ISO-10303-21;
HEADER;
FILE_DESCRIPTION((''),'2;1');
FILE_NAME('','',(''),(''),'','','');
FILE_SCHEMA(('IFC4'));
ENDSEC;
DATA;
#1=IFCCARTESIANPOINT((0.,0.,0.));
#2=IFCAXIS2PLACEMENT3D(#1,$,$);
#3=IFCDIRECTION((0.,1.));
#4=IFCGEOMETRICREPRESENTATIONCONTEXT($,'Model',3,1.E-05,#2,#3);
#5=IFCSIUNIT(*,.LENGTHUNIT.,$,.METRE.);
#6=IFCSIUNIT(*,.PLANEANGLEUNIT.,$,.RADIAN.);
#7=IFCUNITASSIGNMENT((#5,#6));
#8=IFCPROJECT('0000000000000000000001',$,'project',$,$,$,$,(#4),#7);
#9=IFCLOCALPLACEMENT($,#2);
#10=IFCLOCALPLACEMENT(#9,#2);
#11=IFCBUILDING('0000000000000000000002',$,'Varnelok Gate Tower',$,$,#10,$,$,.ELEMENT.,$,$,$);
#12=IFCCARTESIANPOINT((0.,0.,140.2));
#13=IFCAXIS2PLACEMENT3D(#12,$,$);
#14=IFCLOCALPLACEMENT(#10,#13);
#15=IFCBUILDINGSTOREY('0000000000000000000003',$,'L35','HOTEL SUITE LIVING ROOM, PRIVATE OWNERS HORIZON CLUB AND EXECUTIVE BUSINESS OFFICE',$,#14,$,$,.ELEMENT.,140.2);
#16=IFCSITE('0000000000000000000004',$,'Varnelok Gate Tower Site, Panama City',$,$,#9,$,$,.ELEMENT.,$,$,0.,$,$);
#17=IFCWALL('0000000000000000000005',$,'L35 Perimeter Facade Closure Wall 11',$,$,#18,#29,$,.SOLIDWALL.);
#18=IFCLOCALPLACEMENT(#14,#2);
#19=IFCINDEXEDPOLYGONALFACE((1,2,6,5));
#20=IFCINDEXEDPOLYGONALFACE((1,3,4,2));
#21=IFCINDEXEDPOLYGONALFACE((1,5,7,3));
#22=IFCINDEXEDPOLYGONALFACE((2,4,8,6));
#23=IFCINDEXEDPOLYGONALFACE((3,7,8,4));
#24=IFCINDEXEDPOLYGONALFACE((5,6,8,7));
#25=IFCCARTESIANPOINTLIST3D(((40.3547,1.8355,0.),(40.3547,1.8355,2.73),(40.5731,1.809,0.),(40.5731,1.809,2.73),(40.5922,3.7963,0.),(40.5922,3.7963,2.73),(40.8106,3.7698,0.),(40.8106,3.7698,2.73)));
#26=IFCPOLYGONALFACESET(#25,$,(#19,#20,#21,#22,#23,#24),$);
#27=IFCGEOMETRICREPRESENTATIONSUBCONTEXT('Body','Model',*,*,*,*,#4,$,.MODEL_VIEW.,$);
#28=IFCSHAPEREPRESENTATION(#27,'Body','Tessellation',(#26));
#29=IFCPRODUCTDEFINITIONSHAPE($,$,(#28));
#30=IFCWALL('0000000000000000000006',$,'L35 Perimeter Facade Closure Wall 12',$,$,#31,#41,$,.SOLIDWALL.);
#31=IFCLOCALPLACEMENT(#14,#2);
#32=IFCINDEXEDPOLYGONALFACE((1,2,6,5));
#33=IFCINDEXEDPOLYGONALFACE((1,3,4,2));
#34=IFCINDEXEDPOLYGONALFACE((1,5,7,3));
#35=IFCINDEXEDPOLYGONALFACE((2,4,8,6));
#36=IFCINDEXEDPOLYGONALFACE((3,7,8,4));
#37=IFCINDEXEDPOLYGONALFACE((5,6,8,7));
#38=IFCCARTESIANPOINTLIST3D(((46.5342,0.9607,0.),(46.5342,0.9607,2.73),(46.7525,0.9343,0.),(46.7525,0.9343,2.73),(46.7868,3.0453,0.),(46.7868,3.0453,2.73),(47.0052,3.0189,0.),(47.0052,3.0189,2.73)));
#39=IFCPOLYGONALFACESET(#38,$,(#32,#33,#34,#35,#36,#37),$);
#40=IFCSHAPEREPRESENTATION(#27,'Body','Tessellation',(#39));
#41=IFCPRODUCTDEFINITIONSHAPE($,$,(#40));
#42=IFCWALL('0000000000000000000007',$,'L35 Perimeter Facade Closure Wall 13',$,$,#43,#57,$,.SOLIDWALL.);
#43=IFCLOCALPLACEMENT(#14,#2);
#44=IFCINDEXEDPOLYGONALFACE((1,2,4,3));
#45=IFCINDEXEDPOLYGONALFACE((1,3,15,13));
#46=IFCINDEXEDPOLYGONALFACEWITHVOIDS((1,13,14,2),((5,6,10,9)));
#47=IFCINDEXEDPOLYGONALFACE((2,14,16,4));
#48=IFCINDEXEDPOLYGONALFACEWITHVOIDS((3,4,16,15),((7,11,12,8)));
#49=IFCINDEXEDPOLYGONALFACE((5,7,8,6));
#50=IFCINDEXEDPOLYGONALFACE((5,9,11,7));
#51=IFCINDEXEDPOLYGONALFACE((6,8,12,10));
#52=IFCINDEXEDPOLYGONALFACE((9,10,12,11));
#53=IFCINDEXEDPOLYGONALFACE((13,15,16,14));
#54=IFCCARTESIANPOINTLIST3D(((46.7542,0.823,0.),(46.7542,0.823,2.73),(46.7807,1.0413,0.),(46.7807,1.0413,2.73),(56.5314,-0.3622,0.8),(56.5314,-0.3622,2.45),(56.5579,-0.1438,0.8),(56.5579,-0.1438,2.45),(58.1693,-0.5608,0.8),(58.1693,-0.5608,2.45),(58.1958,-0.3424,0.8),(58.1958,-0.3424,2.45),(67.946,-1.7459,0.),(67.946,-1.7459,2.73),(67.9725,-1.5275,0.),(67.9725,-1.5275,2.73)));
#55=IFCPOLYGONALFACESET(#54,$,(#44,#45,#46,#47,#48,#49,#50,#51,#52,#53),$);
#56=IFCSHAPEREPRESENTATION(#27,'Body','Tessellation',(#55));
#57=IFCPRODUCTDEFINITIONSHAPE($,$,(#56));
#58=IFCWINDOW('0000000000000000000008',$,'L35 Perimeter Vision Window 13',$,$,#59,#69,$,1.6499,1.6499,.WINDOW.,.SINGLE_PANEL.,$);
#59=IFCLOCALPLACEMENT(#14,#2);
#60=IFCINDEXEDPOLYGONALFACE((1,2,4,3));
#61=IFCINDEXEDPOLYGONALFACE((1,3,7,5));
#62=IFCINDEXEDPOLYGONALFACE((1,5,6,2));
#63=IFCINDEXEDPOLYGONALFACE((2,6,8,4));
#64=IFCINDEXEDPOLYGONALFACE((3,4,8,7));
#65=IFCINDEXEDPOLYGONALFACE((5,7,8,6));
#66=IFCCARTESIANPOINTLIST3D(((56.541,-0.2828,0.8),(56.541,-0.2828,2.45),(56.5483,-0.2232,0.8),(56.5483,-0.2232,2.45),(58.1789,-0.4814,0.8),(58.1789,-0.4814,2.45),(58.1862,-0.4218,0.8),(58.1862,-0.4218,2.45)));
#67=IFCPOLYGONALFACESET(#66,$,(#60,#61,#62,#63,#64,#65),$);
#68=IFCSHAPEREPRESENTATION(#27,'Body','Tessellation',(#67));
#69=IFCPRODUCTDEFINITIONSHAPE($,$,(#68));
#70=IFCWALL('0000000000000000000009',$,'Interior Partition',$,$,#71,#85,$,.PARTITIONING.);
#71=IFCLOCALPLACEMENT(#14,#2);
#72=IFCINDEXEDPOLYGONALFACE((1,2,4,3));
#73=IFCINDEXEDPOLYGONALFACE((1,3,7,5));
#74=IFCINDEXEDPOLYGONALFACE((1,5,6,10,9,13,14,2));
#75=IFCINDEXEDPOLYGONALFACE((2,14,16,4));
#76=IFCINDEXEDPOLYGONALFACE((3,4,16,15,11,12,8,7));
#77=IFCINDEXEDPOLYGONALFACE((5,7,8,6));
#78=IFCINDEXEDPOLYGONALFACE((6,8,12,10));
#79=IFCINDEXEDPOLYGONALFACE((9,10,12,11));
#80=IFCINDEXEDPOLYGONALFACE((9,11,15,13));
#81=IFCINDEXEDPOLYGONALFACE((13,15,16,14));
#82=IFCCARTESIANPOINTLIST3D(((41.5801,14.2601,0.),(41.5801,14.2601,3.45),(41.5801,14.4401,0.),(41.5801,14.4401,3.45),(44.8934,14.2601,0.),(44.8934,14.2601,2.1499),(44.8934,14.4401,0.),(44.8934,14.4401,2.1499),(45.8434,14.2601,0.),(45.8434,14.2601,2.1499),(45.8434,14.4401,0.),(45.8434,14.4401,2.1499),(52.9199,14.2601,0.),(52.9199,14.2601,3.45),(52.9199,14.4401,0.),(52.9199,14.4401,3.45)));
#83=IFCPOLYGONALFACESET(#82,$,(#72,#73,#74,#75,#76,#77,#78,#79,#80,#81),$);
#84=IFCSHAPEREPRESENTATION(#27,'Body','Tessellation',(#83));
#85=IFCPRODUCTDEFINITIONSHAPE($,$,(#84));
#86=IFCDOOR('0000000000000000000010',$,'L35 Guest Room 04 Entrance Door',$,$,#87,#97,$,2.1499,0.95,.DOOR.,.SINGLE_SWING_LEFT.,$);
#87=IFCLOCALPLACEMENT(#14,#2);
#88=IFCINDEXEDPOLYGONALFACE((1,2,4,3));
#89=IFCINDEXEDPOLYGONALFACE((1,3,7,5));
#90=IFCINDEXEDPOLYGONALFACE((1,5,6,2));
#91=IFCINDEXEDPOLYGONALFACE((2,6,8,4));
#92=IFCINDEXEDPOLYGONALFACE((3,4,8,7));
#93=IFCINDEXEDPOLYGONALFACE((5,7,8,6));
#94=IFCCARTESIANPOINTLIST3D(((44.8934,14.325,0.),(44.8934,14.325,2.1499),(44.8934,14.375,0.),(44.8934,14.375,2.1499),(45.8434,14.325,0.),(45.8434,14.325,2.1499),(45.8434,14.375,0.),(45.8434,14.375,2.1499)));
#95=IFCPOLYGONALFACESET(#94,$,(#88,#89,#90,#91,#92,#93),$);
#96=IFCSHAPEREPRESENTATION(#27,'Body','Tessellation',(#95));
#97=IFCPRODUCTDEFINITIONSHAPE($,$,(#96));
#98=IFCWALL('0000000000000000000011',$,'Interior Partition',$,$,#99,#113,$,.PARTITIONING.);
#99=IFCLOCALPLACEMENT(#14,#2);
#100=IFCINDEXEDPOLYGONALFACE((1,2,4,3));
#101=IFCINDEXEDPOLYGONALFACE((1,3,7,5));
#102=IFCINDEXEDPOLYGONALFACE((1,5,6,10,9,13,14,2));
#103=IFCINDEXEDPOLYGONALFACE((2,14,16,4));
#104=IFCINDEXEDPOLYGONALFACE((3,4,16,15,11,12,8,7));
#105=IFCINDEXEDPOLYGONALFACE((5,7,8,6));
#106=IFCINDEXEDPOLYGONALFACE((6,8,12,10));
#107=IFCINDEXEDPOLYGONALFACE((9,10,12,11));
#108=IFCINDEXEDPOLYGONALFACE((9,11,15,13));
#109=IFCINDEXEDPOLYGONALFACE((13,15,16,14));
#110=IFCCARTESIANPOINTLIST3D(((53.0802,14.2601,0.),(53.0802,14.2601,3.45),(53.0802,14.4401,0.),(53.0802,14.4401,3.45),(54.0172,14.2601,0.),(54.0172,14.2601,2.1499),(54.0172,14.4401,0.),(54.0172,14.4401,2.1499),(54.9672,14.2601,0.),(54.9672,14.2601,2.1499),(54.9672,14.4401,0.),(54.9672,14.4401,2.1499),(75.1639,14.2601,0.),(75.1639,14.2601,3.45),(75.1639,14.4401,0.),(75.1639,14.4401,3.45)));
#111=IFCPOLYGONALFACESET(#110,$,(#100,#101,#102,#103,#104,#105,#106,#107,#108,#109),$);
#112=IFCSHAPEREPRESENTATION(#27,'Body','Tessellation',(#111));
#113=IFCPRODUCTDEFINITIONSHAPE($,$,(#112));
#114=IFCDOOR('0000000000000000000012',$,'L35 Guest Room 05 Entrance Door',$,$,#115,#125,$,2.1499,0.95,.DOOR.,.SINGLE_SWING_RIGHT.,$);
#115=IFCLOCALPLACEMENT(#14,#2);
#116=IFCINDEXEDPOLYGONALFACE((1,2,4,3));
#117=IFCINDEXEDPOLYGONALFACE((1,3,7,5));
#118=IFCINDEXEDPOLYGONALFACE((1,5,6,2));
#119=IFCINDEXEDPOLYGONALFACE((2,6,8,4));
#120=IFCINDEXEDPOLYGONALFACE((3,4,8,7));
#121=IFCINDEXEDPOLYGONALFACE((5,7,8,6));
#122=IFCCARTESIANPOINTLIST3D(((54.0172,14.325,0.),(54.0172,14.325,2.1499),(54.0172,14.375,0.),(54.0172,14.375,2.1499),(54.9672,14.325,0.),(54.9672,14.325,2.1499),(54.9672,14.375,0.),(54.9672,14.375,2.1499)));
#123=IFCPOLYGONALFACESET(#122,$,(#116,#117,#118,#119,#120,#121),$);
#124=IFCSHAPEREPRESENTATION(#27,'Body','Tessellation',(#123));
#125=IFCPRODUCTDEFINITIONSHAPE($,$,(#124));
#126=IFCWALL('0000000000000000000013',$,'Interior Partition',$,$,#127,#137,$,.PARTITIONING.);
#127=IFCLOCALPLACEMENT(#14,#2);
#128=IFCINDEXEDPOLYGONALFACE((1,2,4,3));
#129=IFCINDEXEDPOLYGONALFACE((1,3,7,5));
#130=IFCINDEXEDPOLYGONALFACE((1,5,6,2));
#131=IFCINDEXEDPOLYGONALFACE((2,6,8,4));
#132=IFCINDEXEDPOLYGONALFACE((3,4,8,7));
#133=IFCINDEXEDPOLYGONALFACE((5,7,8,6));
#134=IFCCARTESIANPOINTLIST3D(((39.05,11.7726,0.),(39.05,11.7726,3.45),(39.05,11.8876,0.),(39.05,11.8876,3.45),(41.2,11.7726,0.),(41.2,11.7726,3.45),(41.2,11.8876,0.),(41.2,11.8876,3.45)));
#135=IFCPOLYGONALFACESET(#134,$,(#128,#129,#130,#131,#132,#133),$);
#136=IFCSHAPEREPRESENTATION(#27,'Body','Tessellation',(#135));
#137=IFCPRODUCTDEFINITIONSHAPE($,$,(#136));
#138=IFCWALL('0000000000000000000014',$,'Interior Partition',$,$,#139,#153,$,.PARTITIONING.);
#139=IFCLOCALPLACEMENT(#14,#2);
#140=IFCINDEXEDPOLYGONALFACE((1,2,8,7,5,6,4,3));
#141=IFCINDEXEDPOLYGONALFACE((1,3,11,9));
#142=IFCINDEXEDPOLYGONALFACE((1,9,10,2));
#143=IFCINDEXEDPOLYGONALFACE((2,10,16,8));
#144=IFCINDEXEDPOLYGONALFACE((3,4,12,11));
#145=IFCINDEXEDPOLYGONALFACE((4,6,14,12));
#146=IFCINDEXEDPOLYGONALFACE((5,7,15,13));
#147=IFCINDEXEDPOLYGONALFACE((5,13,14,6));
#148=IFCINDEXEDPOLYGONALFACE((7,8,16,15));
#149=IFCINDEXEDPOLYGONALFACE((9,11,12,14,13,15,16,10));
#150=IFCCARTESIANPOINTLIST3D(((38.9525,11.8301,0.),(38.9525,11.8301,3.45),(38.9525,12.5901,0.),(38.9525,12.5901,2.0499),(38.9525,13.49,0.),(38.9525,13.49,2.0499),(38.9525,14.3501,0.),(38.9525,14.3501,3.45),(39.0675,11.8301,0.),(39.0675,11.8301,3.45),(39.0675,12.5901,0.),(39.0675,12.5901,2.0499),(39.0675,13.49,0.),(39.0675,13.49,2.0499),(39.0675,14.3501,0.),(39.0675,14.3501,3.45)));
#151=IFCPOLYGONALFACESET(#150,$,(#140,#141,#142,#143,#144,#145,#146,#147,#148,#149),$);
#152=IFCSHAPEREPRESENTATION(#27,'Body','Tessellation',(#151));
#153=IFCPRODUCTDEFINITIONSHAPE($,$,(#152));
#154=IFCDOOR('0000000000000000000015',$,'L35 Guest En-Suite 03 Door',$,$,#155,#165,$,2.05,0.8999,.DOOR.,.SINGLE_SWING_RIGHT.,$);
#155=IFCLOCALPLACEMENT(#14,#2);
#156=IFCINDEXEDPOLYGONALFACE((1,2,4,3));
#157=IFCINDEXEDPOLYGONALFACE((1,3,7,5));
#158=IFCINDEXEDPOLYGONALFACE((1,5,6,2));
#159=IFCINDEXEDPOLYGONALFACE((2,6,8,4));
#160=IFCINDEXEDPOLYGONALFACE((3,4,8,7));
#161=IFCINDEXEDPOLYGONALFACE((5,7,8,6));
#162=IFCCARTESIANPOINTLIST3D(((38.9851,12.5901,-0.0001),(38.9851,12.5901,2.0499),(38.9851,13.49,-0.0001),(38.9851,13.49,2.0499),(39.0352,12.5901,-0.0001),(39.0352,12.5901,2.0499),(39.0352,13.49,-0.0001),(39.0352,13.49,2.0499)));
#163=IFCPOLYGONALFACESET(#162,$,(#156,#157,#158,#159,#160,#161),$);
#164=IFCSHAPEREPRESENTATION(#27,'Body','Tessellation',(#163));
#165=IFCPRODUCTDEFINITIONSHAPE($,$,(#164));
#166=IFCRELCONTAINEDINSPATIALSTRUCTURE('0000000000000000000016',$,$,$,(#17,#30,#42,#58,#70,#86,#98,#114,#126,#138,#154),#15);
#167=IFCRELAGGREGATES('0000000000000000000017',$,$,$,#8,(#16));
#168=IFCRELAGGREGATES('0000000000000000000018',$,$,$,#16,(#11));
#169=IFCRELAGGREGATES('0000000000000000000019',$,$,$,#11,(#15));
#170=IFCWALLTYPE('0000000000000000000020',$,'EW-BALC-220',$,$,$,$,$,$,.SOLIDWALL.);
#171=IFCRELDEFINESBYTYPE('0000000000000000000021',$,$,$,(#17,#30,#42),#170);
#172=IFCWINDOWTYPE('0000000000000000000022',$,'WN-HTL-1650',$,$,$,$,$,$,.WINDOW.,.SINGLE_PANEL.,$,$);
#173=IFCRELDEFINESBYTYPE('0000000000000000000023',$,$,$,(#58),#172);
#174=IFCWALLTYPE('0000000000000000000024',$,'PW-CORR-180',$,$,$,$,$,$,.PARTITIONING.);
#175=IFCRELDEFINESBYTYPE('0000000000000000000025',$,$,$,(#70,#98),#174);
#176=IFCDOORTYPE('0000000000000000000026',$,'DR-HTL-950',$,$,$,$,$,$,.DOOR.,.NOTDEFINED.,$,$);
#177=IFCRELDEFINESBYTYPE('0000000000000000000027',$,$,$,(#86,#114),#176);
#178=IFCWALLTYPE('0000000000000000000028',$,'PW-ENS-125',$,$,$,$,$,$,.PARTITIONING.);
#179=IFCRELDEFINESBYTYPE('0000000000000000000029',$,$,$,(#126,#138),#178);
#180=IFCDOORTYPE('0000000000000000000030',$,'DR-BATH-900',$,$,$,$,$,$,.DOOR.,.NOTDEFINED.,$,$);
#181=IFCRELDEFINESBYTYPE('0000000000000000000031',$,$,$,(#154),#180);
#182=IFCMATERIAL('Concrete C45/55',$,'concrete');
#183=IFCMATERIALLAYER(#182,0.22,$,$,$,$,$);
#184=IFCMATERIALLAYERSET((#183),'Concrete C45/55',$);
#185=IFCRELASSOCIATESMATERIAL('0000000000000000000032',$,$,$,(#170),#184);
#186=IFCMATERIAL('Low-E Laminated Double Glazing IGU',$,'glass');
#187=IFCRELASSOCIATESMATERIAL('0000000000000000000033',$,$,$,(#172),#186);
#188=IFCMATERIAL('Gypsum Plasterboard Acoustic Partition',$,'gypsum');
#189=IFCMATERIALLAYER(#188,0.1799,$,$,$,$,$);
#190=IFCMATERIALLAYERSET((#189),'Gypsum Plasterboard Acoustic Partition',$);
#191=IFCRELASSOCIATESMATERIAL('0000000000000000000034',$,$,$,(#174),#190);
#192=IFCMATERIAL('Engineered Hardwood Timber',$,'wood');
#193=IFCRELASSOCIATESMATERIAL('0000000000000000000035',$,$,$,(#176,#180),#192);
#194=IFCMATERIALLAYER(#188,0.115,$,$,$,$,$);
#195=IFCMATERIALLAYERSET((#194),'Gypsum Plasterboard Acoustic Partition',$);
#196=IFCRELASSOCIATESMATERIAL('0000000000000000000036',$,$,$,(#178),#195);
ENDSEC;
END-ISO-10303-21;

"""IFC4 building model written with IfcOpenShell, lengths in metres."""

from ifc_helpers import new_model, si_unit, direction, frame, frame_2d, origin, place, context, subcontext, project, spatial, rectangle, extrude, material, layer, layer_set, type_object, element, fill, save


model = new_model("IFC4")

# Units and contexts
model_context = context("Model", 3, precision=1e-05, world=origin(), true_north=direction((0.0, 1.0)))
body_context = subcontext(model_context, "Body", "Model", "MODEL_VIEW")
ifc_project = project(units=[si_unit("LENGTHUNIT", "METRE"), si_unit("PLANEANGLEUNIT", "RADIAN")], contexts=[model_context])

# Site, building, storey
site_placement = place(None, origin())
site = spatial("IfcSite", under=ifc_project, at=site_placement, Name="Varnelok Gate Tower Site, Panama City", CompositionType="ELEMENT", RefElevation=0.0)
building_placement = place(site_placement, origin())
building = spatial("IfcBuilding", under=site, at=building_placement, Name="Varnelok Gate Tower", CompositionType="ELEMENT")
storey_placement = place(building_placement, frame((0.0, 0.0, 140.2)))
storey = spatial("IfcBuildingStorey", under=building, at=storey_placement, Name="L35", Description="HOTEL SUITE LIVING ROOM, PRIVATE OWNERS HORIZON CLUB AND EXECUTIVE BUSINESS OFFICE", CompositionType="ELEMENT", Elevation=140.2)

# Shared definitions
ifc_material_1 = material(Name="Concrete C45/55", Category="concrete")
ifc_layer_1 = layer(ifc_material_1, 0.22)
ifc_layer_set_1 = layer_set([ifc_layer_1], Name="Concrete C45/55")
wall_type_1 = type_object("IfcWallType", Name="EW-BALC-220", PredefinedType="SOLIDWALL", material=ifc_layer_set_1)

# Walls
wall_1_placement = place(storey_placement, frame((40.4639, 1.8223, 0.0), z_axis=(0.0, 0.0, 1.0), x_axis=(0.120276, 0.99274, 0.0)))
element("IfcWall", 1, at=wall_1_placement, inside=storey, type_object=wall_type_1, Name="L35 Perimeter Facade Closure Wall 11", PredefinedType="SOLIDWALL", context=body_context, shape_type="SweptSolid", body=[
    extrude(rectangle(XDim=1.9751, YDim=0.22, at=frame_2d((0.9875, 0.0))), origin(), (0.0, 0.0, 1.0), 2.73),
])
wall_2_placement = place(storey_placement, frame((46.896, 3.032, 0.0), z_axis=(0.0, 0.0, 1.0), x_axis=(-0.120328, -0.992734, 0.0)))
element("IfcWall", 2, at=wall_2_placement, inside=storey, type_object=wall_type_1, Name="L35 Perimeter Facade Closure Wall 12", PredefinedType="SOLIDWALL", context=body_context, shape_type="SweptSolid", body=[
    extrude(rectangle(XDim=2.0999, YDim=0.22, at=frame_2d((1.0498, 0.0))), origin(), (0.0, 0.0, 1.0), 2.73),
])

# Wall, opening, window
wall_3_placement = place(storey_placement, frame((46.7676, 0.9321, 0.0), z_axis=(0.0, 0.0, 1.0), x_axis=(0.992733, -0.120338, 0.0)))
wall_3 = element("IfcWall", 3, at=wall_3_placement, inside=storey, type_object=wall_type_1, Name="L35 Perimeter Facade Closure Wall 13", PredefinedType="SOLIDWALL", context=body_context, shape_type="SweptSolid", body=[
    extrude(rectangle(XDim=21.3469, YDim=0.22, at=frame_2d((10.6733, 0.0))), origin(), (0.0, 0.0, 1.0), 2.73),
])
opening_1_placement = place(wall_3_placement, frame((9.8486, 0.0, 0.8)))
opening_1 = element("IfcOpeningElement", 4, at=opening_1_placement, cuts=wall_3, PredefinedType="OPENING", context=body_context, shape_type="SweptSolid", body=[
    extrude(rectangle(XDim=1.6499, YDim=1.6499, at=frame_2d((0.825, 0.825))), frame((0.0, 0.1199, 0.0), z_axis=(0.0, -1.0, 0.0), x_axis=(1.0, 0.0, 0.0)), (0.0, 0.0, 1.0), 0.24),
])
ifc_material_2 = material(Name="Low-E Laminated Double Glazing IGU", Category="glass")
window_type = type_object("IfcWindowType", Name="WN-HTL-1650", PartitioningType="SINGLE_PANEL", PredefinedType="WINDOW", material=ifc_material_2)
window_placement = place(opening_1_placement, origin())
window = element("IfcWindow", 5, at=window_placement, inside=storey, type_object=window_type, Name="L35 Perimeter Vision Window 13", OverallHeight=1.6499, OverallWidth=1.6499, PartitioningType="SINGLE_PANEL", PredefinedType="WINDOW", context=body_context, shape_type="SweptSolid", body=[
    extrude(rectangle(XDim=1.6499, YDim=1.6499, at=frame_2d((0.825, 0.825))), frame((0.0, 0.03, 0.0), z_axis=(0.0, -1.0, 0.0), x_axis=(1.0, 0.0, 0.0)), (0.0, 0.0, 1.0), 0.0601),
])
fill(opening_1, window)

# Walls, openings, doors
ifc_material_3 = material(Name="Gypsum Plasterboard Acoustic Partition", Category="gypsum")
ifc_layer_2 = layer(ifc_material_3, 0.1799)
ifc_layer_set_2 = layer_set([ifc_layer_2], Name="Gypsum Plasterboard Acoustic Partition")
wall_type_2 = type_object("IfcWallType", Name="PW-CORR-180", PredefinedType="PARTITIONING", material=ifc_layer_set_2)
wall_4_placement = place(storey_placement, frame((41.5801, 14.3501, 0.0), z_axis=(0.0, 0.0, 1.0), x_axis=(1.0, 0.0, 0.0)))
wall_4 = element("IfcWall", 6, at=wall_4_placement, inside=storey, type_object=wall_type_2, Name="Interior Partition", PredefinedType="PARTITIONING", context=body_context, shape_type="SweptSolid", body=[
    extrude(rectangle(XDim=11.3398, YDim=0.1799, at=frame_2d((5.6699, 0.0))), origin(), (0.0, 0.0, 1.0), 3.45),
])
opening_2_placement = place(wall_4_placement, frame((3.3132, 0.0, 0.0)))
opening_2 = element("IfcOpeningElement", 7, at=opening_2_placement, cuts=wall_4, PredefinedType="OPENING", context=body_context, shape_type="SweptSolid", body=[
    extrude(rectangle(XDim=0.95, YDim=2.1499, at=frame_2d((0.4751, 1.075))), frame((0.0, 0.0999, 0.0), z_axis=(0.0, -1.0, 0.0), x_axis=(1.0, 0.0, 0.0)), (0.0, 0.0, 1.0), 0.2),
])
ifc_material_4 = material(Name="Engineered Hardwood Timber", Category="wood")
door_type_1 = type_object("IfcDoorType", Name="DR-HTL-950", OperationType="NOTDEFINED", PredefinedType="DOOR", material=ifc_material_4)
door_1_placement = place(opening_2_placement, origin())
door_1 = element("IfcDoor", 8, at=door_1_placement, inside=storey, type_object=door_type_1, Name="L35 Guest Room 04 Entrance Door", OperationType="SINGLE_SWING_LEFT", OverallHeight=2.1499, OverallWidth=0.95, PredefinedType="DOOR", context=body_context, shape_type="SweptSolid", body=[
    extrude(rectangle(XDim=0.95, YDim=2.1499, at=frame_2d((0.4751, 1.075))), frame((0.0, 0.0249, 0.0), z_axis=(0.0, -1.0, 0.0), x_axis=(1.0, 0.0, 0.0)), (0.0, 0.0, 1.0), 0.05),
])
fill(opening_2, door_1)
wall_5_placement = place(storey_placement, frame((53.0801, 14.3501, 0.0), z_axis=(0.0, 0.0, 1.0), x_axis=(1.0, 0.0, 0.0)))
wall_5 = element("IfcWall", 9, at=wall_5_placement, inside=storey, type_object=wall_type_2, Name="Interior Partition", PredefinedType="PARTITIONING", context=body_context, shape_type="SweptSolid", body=[
    extrude(rectangle(XDim=22.0837, YDim=0.1799, at=frame_2d((11.042, 0.0))), origin(), (0.0, 0.0, 1.0), 3.45),
])
opening_3_placement = place(wall_5_placement, frame((0.937, 0.0, 0.0)))
opening_3 = element("IfcOpeningElement", 10, at=opening_3_placement, cuts=wall_5, PredefinedType="OPENING", context=body_context, shape_type="SweptSolid", body=[
    extrude(rectangle(XDim=0.95, YDim=2.1499, at=frame_2d((0.4751, 1.075))), frame((0.0, 0.0999, 0.0), z_axis=(0.0, -1.0, 0.0), x_axis=(1.0, 0.0, 0.0)), (0.0, 0.0, 1.0), 0.2),
])
door_2_placement = place(opening_3_placement, origin())
door_2 = element("IfcDoor", 11, at=door_2_placement, inside=storey, type_object=door_type_1, Name="L35 Guest Room 05 Entrance Door", OperationType="SINGLE_SWING_RIGHT", OverallHeight=2.1499, OverallWidth=0.95, PredefinedType="DOOR", context=body_context, shape_type="SweptSolid", body=[
    extrude(rectangle(XDim=0.95, YDim=2.1499, at=frame_2d((0.4751, 1.075))), frame((0.0, 0.0249, 0.0), z_axis=(0.0, -1.0, 0.0), x_axis=(1.0, 0.0, 0.0)), (0.0, 0.0, 1.0), 0.05),
])
fill(opening_3, door_2)

# Wall
ifc_layer_3 = layer(ifc_material_3, 0.115)
ifc_layer_set_3 = layer_set([ifc_layer_3], Name="Gypsum Plasterboard Acoustic Partition")
wall_type_3 = type_object("IfcWallType", Name="PW-ENS-125", PredefinedType="PARTITIONING", material=ifc_layer_set_3)
wall_6_placement = place(storey_placement, frame((39.05, 11.8301, 0.0), z_axis=(0.0, 0.0, 1.0), x_axis=(1.0, 0.0, 0.0)))
element("IfcWall", 12, at=wall_6_placement, inside=storey, type_object=wall_type_3, Name="Interior Partition", PredefinedType="PARTITIONING", context=body_context, shape_type="SweptSolid", body=[
    extrude(rectangle(XDim=2.1499, YDim=0.115, at=frame_2d((1.075, 0.0))), origin(), (0.0, 0.0, 1.0), 3.45),
])

# Wall, opening, door
wall_7_placement = place(storey_placement, frame((39.01, 11.8301, 0.0), z_axis=(0.0, 0.0, 1.0), x_axis=(0.0, 1.0, 0.0)))
wall_7 = element("IfcWall", 13, at=wall_7_placement, inside=storey, type_object=wall_type_3, Name="Interior Partition", PredefinedType="PARTITIONING", context=body_context, shape_type="SweptSolid", body=[
    extrude(rectangle(XDim=2.52, YDim=0.115, at=frame_2d((1.26, 0.0))), origin(), (0.0, 0.0, 1.0), 3.45),
])
opening_4_placement = place(wall_7_placement, frame((0.76, 0.0, 0.0)))
opening_4 = element("IfcOpeningElement", 14, at=opening_4_placement, cuts=wall_7, PredefinedType="OPENING", context=body_context, shape_type="SweptSolid", body=[
    extrude(rectangle(XDim=0.8999, YDim=2.05, at=frame_2d((0.45, 1.0249))), frame((0.0, 0.0674, 0.0), z_axis=(0.0, -1.0, 0.0), x_axis=(1.0, 0.0, 0.0)), (0.0, 0.0, 1.0), 0.135),
])
door_type_2 = type_object("IfcDoorType", Name="DR-BATH-900", OperationType="NOTDEFINED", PredefinedType="DOOR", material=ifc_material_4)
door_3_placement = place(opening_4_placement, origin())
door_3 = element("IfcDoor", 15, at=door_3_placement, inside=storey, type_object=door_type_2, Name="L35 Guest En-Suite 03 Door", OperationType="SINGLE_SWING_RIGHT", OverallHeight=2.05, OverallWidth=0.8999, PredefinedType="DOOR", context=body_context, shape_type="SweptSolid", body=[
    extrude(rectangle(XDim=0.8999, YDim=2.05, at=frame_2d((0.45, 1.0249))), frame((0.0, 0.0249, 0.0), z_axis=(0.0, -1.0, 0.0), x_axis=(1.0, 0.0, 0.0)), (0.0, 0.0, 1.0), 0.05),
])
fill(opening_4, door_3)

save(model, "model.ifc")
